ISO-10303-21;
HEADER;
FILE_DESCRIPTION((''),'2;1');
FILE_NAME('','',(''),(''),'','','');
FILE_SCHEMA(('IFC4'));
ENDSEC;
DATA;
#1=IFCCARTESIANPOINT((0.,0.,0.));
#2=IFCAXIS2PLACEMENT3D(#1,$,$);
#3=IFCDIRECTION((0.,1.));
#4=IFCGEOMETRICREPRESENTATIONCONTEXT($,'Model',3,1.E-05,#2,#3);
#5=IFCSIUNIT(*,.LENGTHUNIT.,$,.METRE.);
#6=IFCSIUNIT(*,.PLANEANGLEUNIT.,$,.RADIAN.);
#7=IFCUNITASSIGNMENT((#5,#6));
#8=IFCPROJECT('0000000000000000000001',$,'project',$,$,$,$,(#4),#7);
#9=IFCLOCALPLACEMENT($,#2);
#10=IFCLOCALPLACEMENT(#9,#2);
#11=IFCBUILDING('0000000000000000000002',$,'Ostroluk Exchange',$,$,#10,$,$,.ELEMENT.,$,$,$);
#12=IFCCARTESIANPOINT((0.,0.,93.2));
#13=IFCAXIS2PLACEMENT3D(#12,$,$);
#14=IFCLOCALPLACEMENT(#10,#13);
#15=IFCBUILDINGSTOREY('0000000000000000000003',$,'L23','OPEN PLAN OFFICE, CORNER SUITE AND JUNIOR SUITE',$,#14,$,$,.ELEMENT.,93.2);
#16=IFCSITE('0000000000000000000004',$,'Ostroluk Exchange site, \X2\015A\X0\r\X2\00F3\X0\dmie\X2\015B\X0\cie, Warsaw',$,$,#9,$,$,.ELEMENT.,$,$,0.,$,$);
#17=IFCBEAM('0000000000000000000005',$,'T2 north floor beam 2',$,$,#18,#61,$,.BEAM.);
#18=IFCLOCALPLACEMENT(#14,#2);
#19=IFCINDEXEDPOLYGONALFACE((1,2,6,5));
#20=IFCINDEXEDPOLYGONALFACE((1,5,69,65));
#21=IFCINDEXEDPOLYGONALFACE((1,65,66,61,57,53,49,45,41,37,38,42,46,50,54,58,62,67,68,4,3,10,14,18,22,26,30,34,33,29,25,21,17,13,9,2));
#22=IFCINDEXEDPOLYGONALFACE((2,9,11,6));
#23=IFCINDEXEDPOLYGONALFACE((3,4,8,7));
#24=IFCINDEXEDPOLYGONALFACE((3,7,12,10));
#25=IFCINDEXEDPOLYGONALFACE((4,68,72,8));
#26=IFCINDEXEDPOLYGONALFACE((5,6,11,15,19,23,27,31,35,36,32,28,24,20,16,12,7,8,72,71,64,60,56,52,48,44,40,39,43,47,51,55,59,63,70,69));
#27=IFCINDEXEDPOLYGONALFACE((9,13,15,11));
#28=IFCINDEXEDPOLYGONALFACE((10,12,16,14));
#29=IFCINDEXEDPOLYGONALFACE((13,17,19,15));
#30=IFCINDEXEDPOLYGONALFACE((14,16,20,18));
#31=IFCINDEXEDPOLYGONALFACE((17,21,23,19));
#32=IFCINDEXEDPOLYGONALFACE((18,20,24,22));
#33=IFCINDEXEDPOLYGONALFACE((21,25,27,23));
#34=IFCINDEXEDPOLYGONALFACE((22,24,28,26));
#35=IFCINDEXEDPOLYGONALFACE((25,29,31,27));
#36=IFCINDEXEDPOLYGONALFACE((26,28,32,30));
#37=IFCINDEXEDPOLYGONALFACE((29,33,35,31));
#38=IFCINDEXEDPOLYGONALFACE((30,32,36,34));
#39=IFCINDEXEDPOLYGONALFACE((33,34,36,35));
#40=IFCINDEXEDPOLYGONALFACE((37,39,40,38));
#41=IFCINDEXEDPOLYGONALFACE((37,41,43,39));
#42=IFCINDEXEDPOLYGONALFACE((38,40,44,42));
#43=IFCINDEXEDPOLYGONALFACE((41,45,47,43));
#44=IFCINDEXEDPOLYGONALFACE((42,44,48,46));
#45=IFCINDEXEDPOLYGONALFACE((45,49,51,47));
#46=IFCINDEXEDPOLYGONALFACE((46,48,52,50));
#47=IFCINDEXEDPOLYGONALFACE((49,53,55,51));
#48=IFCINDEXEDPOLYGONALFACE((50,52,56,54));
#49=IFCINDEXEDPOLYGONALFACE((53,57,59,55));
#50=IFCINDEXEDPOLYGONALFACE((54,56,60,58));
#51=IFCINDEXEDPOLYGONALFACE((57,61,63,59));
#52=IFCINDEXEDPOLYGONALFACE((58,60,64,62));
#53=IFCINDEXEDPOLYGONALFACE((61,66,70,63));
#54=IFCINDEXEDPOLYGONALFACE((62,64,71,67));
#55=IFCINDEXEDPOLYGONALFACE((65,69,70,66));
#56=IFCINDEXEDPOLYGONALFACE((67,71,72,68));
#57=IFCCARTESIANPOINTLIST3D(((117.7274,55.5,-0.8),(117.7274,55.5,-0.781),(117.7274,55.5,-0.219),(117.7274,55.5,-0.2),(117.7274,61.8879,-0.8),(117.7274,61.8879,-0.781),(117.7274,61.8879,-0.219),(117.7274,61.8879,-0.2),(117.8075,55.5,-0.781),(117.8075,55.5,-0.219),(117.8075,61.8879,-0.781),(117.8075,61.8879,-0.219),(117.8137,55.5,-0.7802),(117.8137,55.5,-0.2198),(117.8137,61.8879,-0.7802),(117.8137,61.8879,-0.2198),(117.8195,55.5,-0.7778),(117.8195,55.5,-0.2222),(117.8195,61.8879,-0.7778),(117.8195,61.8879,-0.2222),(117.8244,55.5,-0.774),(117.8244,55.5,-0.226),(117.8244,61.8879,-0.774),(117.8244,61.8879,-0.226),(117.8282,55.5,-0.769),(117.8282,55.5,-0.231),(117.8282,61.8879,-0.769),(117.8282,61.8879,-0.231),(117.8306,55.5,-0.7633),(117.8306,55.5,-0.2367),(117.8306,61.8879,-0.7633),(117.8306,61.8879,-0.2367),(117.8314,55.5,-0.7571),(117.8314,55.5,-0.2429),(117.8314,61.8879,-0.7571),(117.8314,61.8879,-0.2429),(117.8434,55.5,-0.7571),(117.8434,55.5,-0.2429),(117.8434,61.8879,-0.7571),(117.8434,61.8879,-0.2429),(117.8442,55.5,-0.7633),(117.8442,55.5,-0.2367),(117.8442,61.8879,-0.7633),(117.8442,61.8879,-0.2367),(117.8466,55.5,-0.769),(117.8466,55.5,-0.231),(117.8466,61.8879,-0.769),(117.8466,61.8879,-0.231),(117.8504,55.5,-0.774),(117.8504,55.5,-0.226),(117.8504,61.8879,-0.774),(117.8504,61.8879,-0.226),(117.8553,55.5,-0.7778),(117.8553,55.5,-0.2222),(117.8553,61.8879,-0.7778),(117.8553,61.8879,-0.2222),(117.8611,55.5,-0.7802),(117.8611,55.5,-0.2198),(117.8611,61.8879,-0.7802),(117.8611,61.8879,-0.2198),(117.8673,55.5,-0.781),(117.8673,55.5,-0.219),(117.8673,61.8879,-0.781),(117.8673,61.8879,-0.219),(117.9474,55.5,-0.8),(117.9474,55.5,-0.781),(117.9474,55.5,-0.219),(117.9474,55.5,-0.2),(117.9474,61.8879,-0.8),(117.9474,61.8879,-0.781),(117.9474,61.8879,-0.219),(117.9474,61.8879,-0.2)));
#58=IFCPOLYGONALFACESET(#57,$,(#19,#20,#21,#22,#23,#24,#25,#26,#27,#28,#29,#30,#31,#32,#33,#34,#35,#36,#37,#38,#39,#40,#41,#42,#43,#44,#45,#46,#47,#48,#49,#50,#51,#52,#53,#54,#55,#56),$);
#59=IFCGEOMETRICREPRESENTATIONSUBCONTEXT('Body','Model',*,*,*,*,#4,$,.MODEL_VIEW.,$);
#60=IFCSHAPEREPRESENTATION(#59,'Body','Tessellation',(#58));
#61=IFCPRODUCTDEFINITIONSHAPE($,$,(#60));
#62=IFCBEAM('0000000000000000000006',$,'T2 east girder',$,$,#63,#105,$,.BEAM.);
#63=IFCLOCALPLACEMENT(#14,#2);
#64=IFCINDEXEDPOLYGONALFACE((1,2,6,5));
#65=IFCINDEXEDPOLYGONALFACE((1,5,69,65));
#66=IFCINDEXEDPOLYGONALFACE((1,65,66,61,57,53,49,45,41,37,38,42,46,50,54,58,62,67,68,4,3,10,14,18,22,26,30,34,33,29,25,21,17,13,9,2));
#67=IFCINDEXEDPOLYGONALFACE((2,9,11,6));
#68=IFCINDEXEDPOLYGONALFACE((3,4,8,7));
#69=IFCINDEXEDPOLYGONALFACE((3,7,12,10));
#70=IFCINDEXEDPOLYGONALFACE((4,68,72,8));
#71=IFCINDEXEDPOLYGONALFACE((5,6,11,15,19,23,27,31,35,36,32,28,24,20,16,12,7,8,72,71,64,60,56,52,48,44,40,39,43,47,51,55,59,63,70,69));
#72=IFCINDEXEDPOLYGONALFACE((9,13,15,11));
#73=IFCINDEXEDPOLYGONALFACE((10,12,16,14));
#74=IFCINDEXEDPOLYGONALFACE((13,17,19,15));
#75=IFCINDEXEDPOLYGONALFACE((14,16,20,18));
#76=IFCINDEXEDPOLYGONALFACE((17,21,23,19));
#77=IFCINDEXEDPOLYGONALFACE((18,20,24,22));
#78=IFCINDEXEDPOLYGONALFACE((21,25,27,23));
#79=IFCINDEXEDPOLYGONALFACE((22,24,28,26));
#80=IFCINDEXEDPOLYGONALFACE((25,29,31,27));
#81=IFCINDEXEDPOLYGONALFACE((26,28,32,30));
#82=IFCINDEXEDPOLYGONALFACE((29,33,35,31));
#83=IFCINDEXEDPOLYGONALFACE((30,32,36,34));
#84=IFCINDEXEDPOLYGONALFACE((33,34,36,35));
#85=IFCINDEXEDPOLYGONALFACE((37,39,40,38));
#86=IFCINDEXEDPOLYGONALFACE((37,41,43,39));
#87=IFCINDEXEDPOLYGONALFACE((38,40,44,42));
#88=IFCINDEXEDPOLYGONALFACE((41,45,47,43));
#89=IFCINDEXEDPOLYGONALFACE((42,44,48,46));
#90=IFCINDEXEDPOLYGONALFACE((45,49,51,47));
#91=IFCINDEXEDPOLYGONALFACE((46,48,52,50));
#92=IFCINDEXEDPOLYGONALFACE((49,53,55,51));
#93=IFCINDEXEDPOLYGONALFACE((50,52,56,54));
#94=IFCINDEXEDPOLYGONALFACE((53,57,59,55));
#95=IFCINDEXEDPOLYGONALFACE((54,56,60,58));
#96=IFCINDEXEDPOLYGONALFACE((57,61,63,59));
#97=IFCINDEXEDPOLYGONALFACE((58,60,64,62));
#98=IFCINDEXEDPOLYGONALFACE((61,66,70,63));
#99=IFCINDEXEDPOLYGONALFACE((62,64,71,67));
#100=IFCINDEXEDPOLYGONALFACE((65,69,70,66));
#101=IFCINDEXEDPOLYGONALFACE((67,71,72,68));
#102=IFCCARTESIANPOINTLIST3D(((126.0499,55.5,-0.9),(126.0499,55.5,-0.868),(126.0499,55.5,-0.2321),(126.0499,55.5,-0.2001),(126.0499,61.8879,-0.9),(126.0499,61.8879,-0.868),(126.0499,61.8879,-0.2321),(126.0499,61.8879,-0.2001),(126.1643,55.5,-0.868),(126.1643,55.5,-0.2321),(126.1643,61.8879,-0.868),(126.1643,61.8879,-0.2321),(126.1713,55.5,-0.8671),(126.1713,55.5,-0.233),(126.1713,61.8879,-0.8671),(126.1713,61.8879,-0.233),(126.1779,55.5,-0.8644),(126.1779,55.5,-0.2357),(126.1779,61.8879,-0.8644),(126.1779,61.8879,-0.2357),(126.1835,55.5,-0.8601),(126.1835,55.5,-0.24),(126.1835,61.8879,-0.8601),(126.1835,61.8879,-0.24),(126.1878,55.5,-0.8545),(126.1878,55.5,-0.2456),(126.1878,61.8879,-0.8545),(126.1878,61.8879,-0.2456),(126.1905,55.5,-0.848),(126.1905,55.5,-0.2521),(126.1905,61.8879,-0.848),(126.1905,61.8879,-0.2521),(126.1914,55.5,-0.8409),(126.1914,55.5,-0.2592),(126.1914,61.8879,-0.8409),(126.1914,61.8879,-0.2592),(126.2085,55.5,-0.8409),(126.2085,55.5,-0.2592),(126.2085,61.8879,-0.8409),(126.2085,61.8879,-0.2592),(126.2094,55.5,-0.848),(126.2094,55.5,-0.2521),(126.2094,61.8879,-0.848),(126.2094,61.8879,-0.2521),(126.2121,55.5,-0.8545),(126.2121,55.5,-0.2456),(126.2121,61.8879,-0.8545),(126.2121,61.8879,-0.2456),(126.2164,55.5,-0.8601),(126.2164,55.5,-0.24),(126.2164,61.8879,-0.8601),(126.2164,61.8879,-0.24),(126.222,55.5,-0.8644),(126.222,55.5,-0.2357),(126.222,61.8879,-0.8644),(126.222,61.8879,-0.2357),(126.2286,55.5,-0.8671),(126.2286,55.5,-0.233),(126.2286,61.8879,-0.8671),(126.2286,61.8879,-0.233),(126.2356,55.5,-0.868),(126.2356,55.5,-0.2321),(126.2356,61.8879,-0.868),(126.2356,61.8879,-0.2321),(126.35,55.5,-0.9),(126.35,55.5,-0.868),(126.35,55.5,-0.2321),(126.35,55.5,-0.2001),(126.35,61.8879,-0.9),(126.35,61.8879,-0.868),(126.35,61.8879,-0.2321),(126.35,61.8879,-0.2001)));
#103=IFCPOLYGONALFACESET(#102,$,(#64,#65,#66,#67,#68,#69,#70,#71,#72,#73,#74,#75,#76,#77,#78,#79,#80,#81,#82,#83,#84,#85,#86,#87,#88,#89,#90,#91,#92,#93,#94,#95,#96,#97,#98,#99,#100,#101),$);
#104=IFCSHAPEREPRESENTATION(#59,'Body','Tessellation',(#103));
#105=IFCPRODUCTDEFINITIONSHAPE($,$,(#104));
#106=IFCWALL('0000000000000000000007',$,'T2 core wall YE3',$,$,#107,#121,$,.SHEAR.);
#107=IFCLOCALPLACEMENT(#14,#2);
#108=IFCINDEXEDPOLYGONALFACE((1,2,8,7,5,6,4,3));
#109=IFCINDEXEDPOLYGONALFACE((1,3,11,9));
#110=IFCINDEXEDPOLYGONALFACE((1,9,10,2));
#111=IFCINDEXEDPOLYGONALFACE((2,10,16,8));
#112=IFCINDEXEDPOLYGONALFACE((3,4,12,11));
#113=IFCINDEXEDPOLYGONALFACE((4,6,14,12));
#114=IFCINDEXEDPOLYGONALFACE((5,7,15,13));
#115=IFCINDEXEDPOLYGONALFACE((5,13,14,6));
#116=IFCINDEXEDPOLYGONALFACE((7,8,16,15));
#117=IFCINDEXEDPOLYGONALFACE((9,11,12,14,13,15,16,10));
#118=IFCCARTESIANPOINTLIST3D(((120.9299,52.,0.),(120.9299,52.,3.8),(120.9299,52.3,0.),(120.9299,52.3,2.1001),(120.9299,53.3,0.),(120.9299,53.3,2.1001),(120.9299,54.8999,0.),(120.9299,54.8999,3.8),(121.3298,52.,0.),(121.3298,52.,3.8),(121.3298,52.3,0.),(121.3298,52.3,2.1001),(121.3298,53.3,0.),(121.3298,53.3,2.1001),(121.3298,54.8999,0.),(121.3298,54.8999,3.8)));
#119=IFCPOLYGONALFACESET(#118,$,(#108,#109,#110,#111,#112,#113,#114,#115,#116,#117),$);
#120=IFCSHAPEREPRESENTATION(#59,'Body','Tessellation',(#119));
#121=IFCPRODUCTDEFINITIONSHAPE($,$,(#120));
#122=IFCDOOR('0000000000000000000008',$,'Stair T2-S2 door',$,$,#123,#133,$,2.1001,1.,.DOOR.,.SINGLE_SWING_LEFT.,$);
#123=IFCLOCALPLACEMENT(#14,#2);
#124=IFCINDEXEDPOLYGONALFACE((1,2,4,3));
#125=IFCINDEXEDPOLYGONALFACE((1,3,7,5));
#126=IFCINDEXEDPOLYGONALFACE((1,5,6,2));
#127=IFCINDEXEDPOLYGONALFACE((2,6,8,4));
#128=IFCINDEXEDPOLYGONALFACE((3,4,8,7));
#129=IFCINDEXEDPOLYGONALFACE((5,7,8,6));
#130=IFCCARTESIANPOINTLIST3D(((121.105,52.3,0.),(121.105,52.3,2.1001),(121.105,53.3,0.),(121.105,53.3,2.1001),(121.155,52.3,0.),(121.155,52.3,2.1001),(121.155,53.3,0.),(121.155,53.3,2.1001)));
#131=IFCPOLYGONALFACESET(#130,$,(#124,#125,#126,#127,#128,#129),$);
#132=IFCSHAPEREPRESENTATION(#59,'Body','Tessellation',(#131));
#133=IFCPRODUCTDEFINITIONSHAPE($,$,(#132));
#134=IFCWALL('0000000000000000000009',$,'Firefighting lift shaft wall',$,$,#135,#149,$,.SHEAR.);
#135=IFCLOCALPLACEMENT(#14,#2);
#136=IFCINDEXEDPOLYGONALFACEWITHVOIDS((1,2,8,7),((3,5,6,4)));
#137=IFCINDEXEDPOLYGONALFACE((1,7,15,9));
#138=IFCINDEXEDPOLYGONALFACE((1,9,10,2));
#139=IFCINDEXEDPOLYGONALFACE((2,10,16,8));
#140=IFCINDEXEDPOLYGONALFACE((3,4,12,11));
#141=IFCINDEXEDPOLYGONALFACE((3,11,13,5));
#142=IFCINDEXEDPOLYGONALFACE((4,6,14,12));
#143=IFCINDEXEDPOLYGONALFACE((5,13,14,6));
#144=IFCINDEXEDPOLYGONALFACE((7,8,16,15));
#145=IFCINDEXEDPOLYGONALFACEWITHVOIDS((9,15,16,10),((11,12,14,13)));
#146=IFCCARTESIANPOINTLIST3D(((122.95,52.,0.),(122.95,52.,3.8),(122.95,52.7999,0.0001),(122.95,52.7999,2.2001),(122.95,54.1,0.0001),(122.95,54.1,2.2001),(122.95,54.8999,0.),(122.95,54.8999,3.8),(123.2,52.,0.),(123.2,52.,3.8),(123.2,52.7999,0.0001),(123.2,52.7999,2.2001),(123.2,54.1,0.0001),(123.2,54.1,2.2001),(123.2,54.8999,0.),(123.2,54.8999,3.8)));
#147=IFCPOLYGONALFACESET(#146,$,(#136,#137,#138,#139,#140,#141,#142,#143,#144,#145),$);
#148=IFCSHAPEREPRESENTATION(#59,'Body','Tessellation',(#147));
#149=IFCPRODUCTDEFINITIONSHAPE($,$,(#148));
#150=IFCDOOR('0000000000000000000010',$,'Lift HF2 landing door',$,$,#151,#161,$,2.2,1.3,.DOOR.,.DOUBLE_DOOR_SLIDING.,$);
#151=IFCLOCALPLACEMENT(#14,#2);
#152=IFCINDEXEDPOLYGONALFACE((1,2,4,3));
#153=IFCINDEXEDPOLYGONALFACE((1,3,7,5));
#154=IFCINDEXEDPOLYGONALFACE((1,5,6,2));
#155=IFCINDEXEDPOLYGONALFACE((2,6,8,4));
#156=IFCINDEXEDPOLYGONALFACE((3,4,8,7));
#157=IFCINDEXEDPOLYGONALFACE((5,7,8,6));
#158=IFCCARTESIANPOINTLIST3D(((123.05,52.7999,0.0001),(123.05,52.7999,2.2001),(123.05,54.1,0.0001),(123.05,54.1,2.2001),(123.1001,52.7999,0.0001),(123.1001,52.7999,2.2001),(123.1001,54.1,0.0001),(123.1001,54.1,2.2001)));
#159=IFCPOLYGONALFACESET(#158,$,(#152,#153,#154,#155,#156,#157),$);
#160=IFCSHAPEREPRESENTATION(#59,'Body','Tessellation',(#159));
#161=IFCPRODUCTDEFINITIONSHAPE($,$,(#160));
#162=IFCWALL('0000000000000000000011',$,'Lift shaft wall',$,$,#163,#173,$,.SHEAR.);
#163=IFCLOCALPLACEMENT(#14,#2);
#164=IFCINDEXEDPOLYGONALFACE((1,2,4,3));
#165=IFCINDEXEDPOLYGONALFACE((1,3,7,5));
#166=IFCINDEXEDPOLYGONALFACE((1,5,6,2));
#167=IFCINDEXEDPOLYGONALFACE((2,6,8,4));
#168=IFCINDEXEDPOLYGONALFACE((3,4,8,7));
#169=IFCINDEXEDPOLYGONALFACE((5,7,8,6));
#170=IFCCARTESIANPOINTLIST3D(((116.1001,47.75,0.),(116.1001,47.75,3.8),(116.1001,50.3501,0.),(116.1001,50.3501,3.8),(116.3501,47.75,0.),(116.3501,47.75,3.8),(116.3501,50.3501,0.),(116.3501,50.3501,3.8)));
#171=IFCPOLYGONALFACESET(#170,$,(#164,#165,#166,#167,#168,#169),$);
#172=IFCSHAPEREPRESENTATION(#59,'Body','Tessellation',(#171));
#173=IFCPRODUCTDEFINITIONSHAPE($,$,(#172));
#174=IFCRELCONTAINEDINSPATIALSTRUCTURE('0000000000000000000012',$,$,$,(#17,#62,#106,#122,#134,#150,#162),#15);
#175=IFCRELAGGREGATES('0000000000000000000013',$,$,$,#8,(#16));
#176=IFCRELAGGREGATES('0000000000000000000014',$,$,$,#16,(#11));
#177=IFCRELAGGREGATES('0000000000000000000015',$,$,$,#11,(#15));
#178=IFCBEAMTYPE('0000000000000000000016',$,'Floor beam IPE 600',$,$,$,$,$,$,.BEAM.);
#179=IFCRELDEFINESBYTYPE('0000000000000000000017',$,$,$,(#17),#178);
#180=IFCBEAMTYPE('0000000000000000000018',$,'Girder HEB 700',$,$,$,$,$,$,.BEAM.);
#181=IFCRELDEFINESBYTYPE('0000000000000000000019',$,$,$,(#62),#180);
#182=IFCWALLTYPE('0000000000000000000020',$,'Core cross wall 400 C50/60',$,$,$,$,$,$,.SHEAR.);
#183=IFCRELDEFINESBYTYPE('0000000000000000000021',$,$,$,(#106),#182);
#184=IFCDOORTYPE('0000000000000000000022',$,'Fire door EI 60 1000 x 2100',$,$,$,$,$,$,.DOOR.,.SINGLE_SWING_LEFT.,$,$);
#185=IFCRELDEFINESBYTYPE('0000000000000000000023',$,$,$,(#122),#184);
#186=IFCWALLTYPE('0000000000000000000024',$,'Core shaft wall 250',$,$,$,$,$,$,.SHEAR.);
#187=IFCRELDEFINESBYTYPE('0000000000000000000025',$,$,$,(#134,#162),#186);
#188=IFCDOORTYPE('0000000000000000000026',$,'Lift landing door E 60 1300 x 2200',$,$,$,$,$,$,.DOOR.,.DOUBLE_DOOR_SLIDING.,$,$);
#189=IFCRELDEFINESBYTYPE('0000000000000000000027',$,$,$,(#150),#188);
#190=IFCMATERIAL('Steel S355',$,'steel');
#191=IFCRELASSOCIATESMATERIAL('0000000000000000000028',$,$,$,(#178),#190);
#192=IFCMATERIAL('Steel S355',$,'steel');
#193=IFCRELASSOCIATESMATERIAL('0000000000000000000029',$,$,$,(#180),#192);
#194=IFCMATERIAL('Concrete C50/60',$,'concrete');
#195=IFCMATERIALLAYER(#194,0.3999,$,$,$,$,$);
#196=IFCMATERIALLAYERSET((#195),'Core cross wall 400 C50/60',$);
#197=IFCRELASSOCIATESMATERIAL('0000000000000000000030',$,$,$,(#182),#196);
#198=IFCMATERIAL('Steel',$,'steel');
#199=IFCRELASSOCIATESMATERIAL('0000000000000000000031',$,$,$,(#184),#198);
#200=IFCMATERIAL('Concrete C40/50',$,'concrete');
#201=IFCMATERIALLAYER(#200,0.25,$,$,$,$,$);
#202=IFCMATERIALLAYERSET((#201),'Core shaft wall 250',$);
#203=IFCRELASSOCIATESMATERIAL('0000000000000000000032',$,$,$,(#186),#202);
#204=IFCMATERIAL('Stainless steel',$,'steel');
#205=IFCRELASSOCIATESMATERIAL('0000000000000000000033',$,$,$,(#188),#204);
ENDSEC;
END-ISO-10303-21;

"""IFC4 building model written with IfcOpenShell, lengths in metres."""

from ifc_helpers import new_model, si_unit, direction, frame, frame_2d, origin, origin_2d, place, context, subcontext, project, spatial, rectangle, i_section, extrude, material, layer, layer_set, material_profile, profile_set, type_object, element, fill, save


model = new_model("IFC4")

# Units and contexts
model_context = context("Model", 3, precision=1e-05, world=origin(), true_north=direction((0.0, 1.0)))
body_context = subcontext(model_context, "Body", "Model", "MODEL_VIEW")
ifc_project = project(units=[si_unit("LENGTHUNIT", "METRE"), si_unit("PLANEANGLEUNIT", "RADIAN")], contexts=[model_context])

# Site, building, storey
site_placement = place(None, origin())
site = spatial("IfcSite", under=ifc_project, at=site_placement, Name="Ostroluk Exchange site, Śródmieście, Warsaw", CompositionType="ELEMENT", RefElevation=0.0)
building_placement = place(site_placement, origin())
building = spatial("IfcBuilding", under=site, at=building_placement, Name="Ostroluk Exchange", CompositionType="ELEMENT")
storey_placement = place(building_placement, frame((0.0, 0.0, 93.2)))
storey = spatial("IfcBuildingStorey", under=building, at=storey_placement, Name="L23", Description="OPEN PLAN OFFICE, CORNER SUITE AND JUNIOR SUITE", CompositionType="ELEMENT", Elevation=93.2)

# Beams
ifc_material_1 = material(Name="Steel S355", Category="steel")
ifc_material_profile_1 = material_profile(ifc_material_1, i_section(OverallWidth=0.22, OverallDepth=0.6001, WebThickness=0.012, FlangeThickness=0.019, FilletRadius=0.0239, at=origin_2d()), Name="IPE 600")
ifc_profile_set_1 = profile_set([ifc_material_profile_1], Name="Steel S355")
beam_type_1 = type_object("IfcBeamType", Name="Floor beam IPE 600", PredefinedType="BEAM", material=ifc_profile_set_1)
for number, where, z_axis, x_axis, name in (
    (1, (117.8374, 55.5, -0.5), (0.0, 1.0, 0.0), (-1.0, 0.0, 0.0), "T2 north floor beam 2"),
):
    element("IfcBeam", number, at=place(storey_placement, frame(where, z_axis=z_axis, x_axis=x_axis)), inside=storey, type_object=beam_type_1, Name=name, PredefinedType="BEAM", context=body_context, shape_type="SweptSolid", body=[
        extrude(i_section(OverallWidth=0.22, OverallDepth=0.6001, WebThickness=0.012, FlangeThickness=0.019, FilletRadius=0.0239, at=origin_2d()), origin(), (0.0, 0.0, 1.0), 6.3879),
    ])
ifc_material_2 = material(Name="Steel S355", Category="steel")
ifc_material_profile_2 = material_profile(ifc_material_2, i_section(OverallWidth=0.3, OverallDepth=0.7, WebThickness=0.0171, FlangeThickness=0.032, FilletRadius=0.0271, at=origin_2d()), Name="HEB 700")
ifc_profile_set_2 = profile_set([ifc_material_profile_2], Name="Steel S355")
beam_type_2 = type_object("IfcBeamType", Name="Girder HEB 700", PredefinedType="BEAM", material=ifc_profile_set_2)
beam_1_placement = place(storey_placement, frame((126.2, 55.5, -0.55), z_axis=(0.0, 1.0, 0.0), x_axis=(-1.0, 0.0, 0.0)))
element("IfcBeam", 2, at=beam_1_placement, inside=storey, type_object=beam_type_2, Name="T2 east girder", PredefinedType="BEAM", context=body_context, shape_type="SweptSolid", body=[
    extrude(i_section(OverallWidth=0.3, OverallDepth=0.7, WebThickness=0.0171, FlangeThickness=0.032, FilletRadius=0.0271, at=origin_2d()), origin(), (0.0, 0.0, 1.0), 6.3879),
])

# Walls, openings, doors
ifc_material_3 = material(Name="Concrete C50/60", Category="concrete")
ifc_layer_1 = layer(ifc_material_3, 0.3999)
ifc_layer_set_1 = layer_set([ifc_layer_1], Name="Core cross wall 400 C50/60")
wall_type_1 = type_object("IfcWallType", Name="Core cross wall 400 C50/60", PredefinedType="SHEAR", material=ifc_layer_set_1)
wall_1_placement = place(storey_placement, frame((121.1299, 52.0, 0.0), z_axis=(0.0, 0.0, 1.0), x_axis=(0.0, 1.0, 0.0)))
wall_1 = element("IfcWall", 3, at=wall_1_placement, inside=storey, type_object=wall_type_1, Name="T2 core wall YE3", PredefinedType="SHEAR", context=body_context, shape_type="SweptSolid", body=[
    extrude(rectangle(XDim=2.8999, YDim=0.3999, at=frame_2d((1.45, 0.0))), origin(), (0.0, 0.0, 1.0), 3.8),
])
opening_1_placement = place(wall_1_placement, frame((0.3, 0.0, 0.0)))
opening_1 = element("IfcOpeningElement", 4, at=opening_1_placement, cuts=wall_1, PredefinedType="OPENING", context=body_context, shape_type="SweptSolid", body=[
    extrude(rectangle(XDim=1.0, YDim=2.1001, at=frame_2d((0.5, 1.05))), frame((0.0, 0.21, 0.0), z_axis=(0.0, -1.0, 0.0), x_axis=(1.0, 0.0, 0.0)), (0.0, 0.0, 1.0), 0.4199),
])
ifc_material_4 = material(Name="Steel", Category="steel")
door_type_1 = type_object("IfcDoorType", Name="Fire door EI 60 1000 x 2100", OperationType="SINGLE_SWING_LEFT", PredefinedType="DOOR", material=ifc_material_4)
door_1_placement = place(opening_1_placement, origin())
door_1 = element("IfcDoor", 5, at=door_1_placement, inside=storey, type_object=door_type_1, Name="Stair T2-S2 door", OperationType="SINGLE_SWING_LEFT", OverallHeight=2.1001, OverallWidth=1.0, PredefinedType="DOOR", context=body_context, shape_type="SweptSolid", body=[
    extrude(rectangle(XDim=1.0, YDim=2.1001, at=frame_2d((0.5, 1.05))), frame((0.0, 0.0249, 0.0), z_axis=(0.0, -1.0, 0.0), x_axis=(1.0, 0.0, 0.0)), (0.0, 0.0, 1.0), 0.05),
])
fill(opening_1, door_1)
ifc_material_5 = material(Name="Concrete C40/50", Category="concrete")
ifc_layer_2 = layer(ifc_material_5, 0.25)
ifc_layer_set_2 = layer_set([ifc_layer_2], Name="Core shaft wall 250")
wall_type_2 = type_object("IfcWallType", Name="Core shaft wall 250", PredefinedType="SHEAR", material=ifc_layer_set_2)
wall_2_placement = place(storey_placement, frame((123.075, 52.0, 0.0), z_axis=(0.0, 0.0, 1.0), x_axis=(0.0, 1.0, 0.0)))
wall_2 = element("IfcWall", 6, at=wall_2_placement, inside=storey, type_object=wall_type_2, Name="Firefighting lift shaft wall", PredefinedType="SHEAR", context=body_context, shape_type="SweptSolid", body=[
    extrude(rectangle(XDim=2.8999, YDim=0.25, at=frame_2d((1.45, 0.0))), origin(), (0.0, 0.0, 1.0), 3.8),
])
opening_2_placement = place(wall_2_placement, frame((0.8, 0.0, 0.0)))
opening_2 = element("IfcOpeningElement", 7, at=opening_2_placement, cuts=wall_2, PredefinedType="OPENING", context=body_context, shape_type="SweptSolid", body=[
    extrude(rectangle(XDim=1.3, YDim=2.2, at=frame_2d((0.6499, 1.1001))), frame((0.0, 0.135, 0.0), z_axis=(0.0, -1.0, 0.0), x_axis=(1.0, 0.0, 0.0)), (0.0, 0.0, 1.0), 0.27),
])
ifc_material_6 = material(Name="Stainless steel", Category="steel")
door_type_2 = type_object("IfcDoorType", Name="Lift landing door E 60 1300 x 2200", OperationType="DOUBLE_DOOR_SLIDING", PredefinedType="DOOR", material=ifc_material_6)
door_2_placement = place(opening_2_placement, origin())
door_2 = element("IfcDoor", 8, at=door_2_placement, inside=storey, type_object=door_type_2, Name="Lift HF2 landing door", OperationType="DOUBLE_DOOR_SLIDING", OverallHeight=2.2, OverallWidth=1.3, PredefinedType="DOOR", context=body_context, shape_type="SweptSolid", body=[
    extrude(rectangle(XDim=1.3, YDim=2.2, at=frame_2d((0.6499, 1.1001))), frame((0.0, 0.0249, 0.0), z_axis=(0.0, -1.0, 0.0), x_axis=(1.0, 0.0, 0.0)), (0.0, 0.0, 1.0), 0.05),
])
fill(opening_2, door_2)

# Wall
for number, where, z_axis, x_axis, name in (
    (9, (116.2251, 47.75, 0.0), (0.0, 0.0, 1.0), (0.0, 1.0, 0.0), "Lift shaft wall"),
):
    element("IfcWall", number, at=place(storey_placement, frame(where, z_axis=z_axis, x_axis=x_axis)), inside=storey, type_object=wall_type_2, Name=name, PredefinedType="SHEAR", context=body_context, shape_type="SweptSolid", body=[
        extrude(rectangle(XDim=2.6001, YDim=0.25, at=frame_2d((1.3, 0.0))), origin(), (0.0, 0.0, 1.0), 3.8),
    ])

save(model, "model.ifc")
